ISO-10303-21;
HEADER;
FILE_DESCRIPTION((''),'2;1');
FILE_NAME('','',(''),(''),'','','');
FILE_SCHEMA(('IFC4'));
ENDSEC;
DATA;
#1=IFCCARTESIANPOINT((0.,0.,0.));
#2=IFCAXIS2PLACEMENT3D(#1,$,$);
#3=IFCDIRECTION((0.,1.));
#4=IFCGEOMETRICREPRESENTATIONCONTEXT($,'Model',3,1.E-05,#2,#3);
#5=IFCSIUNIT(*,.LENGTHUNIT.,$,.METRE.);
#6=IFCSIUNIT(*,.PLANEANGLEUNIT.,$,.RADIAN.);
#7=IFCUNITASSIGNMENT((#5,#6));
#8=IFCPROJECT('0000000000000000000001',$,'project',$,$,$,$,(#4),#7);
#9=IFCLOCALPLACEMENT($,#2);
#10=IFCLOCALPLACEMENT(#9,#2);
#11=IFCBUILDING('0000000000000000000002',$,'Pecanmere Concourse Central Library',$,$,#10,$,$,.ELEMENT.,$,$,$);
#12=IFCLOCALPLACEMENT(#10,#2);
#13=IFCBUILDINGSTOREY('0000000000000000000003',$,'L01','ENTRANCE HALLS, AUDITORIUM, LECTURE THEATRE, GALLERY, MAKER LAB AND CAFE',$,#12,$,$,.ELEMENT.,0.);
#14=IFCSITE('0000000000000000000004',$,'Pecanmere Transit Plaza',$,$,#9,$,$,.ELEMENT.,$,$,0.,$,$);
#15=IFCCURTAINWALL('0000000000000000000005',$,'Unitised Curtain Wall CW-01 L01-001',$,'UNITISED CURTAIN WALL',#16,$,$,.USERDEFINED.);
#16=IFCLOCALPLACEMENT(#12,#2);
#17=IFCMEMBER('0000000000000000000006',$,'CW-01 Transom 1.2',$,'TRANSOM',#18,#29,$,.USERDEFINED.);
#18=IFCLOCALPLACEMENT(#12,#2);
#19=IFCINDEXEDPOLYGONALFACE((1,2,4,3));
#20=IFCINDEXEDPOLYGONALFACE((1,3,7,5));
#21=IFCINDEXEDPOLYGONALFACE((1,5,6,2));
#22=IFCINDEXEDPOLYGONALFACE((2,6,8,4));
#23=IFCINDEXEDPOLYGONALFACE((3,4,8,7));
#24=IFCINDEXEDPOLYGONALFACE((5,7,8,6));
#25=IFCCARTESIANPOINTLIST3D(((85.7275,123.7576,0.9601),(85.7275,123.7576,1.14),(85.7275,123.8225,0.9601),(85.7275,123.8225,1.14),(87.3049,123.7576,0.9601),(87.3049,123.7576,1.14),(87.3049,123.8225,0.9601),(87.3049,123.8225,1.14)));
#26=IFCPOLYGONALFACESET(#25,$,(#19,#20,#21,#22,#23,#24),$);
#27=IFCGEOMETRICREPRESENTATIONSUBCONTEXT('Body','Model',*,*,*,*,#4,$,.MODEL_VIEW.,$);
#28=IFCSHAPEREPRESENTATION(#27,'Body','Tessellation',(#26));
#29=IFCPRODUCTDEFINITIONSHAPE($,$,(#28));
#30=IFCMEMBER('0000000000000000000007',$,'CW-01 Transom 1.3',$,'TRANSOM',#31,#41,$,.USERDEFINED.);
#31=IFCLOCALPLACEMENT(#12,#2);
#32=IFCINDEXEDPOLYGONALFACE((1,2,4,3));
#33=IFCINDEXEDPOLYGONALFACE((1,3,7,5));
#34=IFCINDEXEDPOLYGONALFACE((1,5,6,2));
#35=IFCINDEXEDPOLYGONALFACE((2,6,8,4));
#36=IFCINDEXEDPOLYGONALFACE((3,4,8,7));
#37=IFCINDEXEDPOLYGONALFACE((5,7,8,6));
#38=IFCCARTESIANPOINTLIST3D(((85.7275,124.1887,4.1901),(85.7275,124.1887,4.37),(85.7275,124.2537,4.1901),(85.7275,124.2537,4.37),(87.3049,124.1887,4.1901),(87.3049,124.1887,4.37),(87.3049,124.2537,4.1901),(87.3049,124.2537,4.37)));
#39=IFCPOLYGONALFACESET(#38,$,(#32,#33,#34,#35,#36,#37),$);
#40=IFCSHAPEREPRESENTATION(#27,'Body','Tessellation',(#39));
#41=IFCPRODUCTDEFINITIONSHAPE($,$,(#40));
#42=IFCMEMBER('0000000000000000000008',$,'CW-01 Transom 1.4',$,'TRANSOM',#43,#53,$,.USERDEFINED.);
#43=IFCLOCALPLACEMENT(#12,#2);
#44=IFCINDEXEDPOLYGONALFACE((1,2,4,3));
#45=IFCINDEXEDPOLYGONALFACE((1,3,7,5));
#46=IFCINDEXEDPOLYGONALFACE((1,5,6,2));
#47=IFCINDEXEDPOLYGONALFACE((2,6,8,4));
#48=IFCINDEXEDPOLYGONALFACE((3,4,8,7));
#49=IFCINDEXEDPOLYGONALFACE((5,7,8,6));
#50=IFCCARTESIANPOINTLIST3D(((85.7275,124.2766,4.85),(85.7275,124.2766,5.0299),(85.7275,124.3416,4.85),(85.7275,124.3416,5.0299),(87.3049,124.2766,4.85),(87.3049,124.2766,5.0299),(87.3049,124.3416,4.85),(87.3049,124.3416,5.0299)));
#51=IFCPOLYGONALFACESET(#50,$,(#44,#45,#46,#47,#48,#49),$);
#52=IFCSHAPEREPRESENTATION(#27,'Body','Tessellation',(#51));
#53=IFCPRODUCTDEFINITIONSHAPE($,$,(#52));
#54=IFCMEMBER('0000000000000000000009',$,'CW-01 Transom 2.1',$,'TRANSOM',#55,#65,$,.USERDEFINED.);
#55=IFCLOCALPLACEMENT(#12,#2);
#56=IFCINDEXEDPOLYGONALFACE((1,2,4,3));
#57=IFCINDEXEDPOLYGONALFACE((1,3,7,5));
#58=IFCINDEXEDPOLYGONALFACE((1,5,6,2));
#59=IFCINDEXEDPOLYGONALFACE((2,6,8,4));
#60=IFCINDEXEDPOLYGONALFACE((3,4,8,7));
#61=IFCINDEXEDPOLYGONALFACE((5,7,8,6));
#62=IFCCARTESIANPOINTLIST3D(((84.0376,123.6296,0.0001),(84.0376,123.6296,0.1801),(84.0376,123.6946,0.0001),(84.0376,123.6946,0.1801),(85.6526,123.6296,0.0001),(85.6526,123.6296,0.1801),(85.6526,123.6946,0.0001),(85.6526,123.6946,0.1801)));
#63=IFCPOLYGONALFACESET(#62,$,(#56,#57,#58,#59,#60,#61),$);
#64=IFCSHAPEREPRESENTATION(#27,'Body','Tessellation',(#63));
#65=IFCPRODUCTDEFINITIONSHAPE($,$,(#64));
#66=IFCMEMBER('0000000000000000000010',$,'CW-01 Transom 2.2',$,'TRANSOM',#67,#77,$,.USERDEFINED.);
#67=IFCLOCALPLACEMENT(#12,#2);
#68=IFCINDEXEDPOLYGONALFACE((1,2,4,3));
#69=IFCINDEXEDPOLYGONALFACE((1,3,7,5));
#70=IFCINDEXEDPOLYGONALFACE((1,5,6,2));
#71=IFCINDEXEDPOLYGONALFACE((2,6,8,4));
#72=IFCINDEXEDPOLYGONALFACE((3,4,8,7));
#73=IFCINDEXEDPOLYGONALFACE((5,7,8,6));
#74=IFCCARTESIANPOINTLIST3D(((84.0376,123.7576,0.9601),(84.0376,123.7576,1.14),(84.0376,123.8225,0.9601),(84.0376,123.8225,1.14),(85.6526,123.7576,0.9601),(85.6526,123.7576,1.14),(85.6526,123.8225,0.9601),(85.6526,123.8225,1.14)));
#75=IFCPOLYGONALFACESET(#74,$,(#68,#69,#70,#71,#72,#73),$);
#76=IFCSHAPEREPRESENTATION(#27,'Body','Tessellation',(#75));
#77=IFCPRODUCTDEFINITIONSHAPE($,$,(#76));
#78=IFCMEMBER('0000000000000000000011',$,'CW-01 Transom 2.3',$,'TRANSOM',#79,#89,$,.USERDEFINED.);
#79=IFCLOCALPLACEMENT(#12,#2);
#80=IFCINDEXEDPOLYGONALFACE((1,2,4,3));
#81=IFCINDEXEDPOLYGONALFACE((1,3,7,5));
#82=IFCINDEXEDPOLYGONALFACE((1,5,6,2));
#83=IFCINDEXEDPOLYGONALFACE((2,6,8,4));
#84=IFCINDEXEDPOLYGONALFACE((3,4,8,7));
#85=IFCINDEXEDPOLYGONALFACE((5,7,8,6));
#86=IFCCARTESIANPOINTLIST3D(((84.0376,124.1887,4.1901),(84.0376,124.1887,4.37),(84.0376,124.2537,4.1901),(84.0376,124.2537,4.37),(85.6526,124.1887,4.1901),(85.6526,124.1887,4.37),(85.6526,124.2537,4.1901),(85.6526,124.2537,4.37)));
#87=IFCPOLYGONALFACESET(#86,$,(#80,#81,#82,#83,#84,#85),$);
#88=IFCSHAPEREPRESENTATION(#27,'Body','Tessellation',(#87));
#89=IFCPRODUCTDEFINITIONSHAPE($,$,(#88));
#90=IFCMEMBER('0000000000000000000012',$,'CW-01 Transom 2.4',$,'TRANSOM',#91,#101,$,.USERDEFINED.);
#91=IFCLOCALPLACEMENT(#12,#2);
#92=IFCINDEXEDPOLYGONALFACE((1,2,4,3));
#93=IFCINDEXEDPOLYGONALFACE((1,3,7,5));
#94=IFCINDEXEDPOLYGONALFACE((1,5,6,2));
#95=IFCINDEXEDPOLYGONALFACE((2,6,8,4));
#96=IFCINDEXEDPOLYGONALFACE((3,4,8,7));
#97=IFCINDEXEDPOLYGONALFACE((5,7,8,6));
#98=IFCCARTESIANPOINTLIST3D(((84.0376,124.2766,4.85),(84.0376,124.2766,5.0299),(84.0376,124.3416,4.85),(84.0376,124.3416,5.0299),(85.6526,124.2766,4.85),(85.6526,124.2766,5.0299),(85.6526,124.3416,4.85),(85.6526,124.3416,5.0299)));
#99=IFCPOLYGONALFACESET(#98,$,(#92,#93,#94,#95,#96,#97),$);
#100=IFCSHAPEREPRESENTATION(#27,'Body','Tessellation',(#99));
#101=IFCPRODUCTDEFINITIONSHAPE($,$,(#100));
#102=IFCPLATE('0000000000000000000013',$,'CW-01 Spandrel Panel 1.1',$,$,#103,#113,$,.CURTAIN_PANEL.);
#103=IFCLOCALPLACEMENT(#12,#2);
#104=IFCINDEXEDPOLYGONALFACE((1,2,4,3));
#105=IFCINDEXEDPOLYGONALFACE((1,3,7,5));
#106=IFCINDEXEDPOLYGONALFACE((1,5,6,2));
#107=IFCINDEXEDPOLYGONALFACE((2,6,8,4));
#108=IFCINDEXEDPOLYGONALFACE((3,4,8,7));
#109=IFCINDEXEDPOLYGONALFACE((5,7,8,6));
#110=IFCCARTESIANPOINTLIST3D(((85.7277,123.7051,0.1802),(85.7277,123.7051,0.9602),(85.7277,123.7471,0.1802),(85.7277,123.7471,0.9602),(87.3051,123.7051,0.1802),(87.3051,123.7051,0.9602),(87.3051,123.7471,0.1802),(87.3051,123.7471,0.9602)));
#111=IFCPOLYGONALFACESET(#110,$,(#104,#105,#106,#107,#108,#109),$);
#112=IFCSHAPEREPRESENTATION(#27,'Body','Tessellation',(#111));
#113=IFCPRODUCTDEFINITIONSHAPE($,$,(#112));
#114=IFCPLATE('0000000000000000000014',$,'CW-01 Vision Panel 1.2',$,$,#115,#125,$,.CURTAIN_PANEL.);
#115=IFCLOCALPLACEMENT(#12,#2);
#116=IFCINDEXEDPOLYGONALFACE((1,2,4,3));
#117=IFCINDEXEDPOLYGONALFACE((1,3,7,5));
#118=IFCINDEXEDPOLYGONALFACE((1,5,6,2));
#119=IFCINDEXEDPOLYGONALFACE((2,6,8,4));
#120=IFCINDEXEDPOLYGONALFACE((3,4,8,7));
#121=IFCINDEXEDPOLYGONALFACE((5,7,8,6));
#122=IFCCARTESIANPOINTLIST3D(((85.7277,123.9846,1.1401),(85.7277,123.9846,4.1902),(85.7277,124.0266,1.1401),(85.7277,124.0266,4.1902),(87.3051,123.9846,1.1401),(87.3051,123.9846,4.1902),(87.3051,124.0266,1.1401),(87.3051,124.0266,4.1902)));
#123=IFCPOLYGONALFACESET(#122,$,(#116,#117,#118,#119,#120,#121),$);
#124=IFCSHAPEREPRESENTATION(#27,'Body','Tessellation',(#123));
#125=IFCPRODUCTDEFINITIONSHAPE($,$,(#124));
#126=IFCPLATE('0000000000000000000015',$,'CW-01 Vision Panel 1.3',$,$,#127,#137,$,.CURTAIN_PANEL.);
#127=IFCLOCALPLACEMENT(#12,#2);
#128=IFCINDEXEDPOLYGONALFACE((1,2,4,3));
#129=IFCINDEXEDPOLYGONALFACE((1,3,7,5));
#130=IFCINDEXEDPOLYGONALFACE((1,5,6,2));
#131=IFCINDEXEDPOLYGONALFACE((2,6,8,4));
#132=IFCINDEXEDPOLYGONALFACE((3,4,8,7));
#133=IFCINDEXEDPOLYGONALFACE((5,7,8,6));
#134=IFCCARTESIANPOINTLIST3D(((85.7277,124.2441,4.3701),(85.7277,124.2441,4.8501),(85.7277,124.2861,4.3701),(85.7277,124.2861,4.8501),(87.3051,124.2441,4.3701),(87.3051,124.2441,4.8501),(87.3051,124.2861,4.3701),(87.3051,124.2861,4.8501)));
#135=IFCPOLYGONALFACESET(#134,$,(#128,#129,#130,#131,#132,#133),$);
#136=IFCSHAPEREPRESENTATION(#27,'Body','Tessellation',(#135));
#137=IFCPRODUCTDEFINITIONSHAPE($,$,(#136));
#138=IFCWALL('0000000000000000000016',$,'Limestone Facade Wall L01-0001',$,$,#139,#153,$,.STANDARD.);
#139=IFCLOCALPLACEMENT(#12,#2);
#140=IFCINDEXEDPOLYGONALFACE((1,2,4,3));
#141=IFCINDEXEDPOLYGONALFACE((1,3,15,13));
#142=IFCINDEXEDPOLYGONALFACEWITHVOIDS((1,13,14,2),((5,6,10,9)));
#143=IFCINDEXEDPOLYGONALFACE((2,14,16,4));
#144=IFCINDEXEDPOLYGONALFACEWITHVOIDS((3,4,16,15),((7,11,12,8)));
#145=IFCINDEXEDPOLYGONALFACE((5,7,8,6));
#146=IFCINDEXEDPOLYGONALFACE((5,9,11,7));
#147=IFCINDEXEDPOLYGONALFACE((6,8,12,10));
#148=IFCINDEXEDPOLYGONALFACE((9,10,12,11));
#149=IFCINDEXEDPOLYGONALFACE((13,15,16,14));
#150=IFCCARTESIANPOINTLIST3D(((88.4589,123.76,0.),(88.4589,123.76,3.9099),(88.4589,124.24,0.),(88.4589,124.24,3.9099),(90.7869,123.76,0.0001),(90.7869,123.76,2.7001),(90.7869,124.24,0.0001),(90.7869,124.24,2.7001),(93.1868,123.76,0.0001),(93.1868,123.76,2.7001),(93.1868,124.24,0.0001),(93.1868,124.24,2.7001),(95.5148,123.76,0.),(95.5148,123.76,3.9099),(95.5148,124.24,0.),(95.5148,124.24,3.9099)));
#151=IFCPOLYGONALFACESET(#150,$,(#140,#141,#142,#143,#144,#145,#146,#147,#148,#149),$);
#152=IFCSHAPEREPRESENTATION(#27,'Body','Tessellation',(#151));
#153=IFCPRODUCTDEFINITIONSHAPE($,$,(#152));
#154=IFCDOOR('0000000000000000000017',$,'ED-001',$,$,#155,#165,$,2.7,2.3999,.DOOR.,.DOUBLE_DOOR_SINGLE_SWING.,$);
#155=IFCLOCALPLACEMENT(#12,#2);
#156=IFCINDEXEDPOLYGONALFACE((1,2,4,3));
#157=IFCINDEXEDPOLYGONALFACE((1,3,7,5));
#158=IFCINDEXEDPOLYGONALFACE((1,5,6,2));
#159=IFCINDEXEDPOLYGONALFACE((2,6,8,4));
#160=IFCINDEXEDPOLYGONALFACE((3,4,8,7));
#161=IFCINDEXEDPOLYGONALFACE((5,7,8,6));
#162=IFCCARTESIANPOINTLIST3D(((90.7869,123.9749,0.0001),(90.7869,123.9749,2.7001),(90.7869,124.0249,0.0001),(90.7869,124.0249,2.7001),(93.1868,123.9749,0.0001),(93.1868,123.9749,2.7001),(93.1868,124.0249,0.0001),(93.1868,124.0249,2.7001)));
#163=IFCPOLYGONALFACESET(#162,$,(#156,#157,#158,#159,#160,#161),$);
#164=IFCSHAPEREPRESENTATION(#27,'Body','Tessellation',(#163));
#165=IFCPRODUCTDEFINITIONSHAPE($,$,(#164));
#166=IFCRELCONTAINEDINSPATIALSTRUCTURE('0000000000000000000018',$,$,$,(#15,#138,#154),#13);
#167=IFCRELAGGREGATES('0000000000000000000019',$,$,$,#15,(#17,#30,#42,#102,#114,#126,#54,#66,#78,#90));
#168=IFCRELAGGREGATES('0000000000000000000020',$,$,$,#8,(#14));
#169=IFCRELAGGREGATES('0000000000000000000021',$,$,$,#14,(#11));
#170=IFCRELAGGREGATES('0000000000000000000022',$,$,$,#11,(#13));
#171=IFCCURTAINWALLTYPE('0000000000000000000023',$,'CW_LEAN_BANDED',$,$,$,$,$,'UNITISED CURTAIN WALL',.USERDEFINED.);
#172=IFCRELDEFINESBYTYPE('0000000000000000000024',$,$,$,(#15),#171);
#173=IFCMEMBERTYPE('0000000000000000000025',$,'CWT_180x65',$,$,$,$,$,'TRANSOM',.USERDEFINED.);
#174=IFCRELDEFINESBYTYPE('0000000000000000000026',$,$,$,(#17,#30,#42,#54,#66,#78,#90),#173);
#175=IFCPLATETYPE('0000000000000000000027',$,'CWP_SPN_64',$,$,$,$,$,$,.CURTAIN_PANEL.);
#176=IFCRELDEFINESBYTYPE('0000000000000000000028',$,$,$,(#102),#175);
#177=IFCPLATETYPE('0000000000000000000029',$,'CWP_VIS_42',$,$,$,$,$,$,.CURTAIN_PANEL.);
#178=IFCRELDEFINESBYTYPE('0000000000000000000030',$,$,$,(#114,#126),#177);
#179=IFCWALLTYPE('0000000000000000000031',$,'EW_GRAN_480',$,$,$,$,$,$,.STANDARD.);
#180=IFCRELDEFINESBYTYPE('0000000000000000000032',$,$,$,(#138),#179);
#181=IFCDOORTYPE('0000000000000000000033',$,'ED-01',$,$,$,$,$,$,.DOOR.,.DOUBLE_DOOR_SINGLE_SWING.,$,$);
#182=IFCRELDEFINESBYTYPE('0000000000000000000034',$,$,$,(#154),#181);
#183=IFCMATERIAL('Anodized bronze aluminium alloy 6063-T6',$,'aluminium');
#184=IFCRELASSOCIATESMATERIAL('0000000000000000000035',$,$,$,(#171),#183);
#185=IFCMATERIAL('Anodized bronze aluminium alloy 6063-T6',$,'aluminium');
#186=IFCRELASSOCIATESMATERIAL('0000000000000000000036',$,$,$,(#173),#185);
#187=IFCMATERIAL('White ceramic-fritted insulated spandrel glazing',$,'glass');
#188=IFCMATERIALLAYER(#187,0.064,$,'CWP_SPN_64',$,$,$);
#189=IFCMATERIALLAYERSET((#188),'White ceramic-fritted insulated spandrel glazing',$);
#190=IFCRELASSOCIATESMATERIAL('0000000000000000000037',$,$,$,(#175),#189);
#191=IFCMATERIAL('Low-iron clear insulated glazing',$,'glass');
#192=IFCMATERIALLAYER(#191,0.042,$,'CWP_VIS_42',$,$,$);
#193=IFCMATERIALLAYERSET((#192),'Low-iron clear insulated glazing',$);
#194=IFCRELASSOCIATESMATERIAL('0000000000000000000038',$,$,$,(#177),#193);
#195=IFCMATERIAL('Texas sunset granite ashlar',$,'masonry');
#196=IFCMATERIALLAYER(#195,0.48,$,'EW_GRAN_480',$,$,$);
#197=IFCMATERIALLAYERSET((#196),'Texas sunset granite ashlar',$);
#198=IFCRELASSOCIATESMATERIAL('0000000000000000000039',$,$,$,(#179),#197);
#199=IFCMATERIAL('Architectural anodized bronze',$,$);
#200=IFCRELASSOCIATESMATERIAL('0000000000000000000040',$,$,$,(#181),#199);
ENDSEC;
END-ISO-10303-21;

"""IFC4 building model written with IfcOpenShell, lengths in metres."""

from ifc_helpers import new_model, si_unit, direction, frame, frame_2d, origin, origin_2d, place, context, subcontext, project, spatial, rectangle, extrude, material, layer, layer_set, material_profile, profile_set, type_object, element, fill, aggregate, save


model = new_model("IFC4")

# Units and contexts
model_context = context("Model", 3, precision=1e-05, world=origin(), true_north=direction((0.0, 1.0)))
body_context = subcontext(model_context, "Body", "Model", "MODEL_VIEW")
ifc_project = project(units=[si_unit("LENGTHUNIT", "METRE"), si_unit("PLANEANGLEUNIT", "RADIAN")], contexts=[model_context])

# Site, building, storey
site_placement = place(None, origin())
site = spatial("IfcSite", under=ifc_project, at=site_placement, Name="Pecanmere Transit Plaza", CompositionType="ELEMENT", RefElevation=0.0)
building_placement = place(site_placement, origin())
building = spatial("IfcBuilding", under=site, at=building_placement, Name="Pecanmere Concourse Central Library", CompositionType="ELEMENT")
storey_placement = place(building_placement, origin())
storey = spatial("IfcBuildingStorey", under=building, at=storey_placement, Name="L01", Description="ENTRANCE HALLS, AUDITORIUM, LECTURE THEATRE, GALLERY, MAKER LAB AND CAFE", CompositionType="ELEMENT", Elevation=0.0)

# Curtain wall, members, plates
ifc_material_1 = material(Name="Anodized bronze aluminium alloy 6063-T6", Category="aluminium")
curtain_wall_type = type_object("IfcCurtainWallType", Name="CW_LEAN_BANDED", ElementType="UNITISED CURTAIN WALL", PredefinedType="USERDEFINED", material=ifc_material_1)
curtain_wall_placement = place(storey_placement, origin())
curtain_wall = element("IfcCurtainWall", 1, at=curtain_wall_placement, inside=storey, type_object=curtain_wall_type, Name="Unitised Curtain Wall CW-01 L01-001", ObjectType="UNITISED CURTAIN WALL", PredefinedType="USERDEFINED")
ifc_material_2 = material(Name="Anodized bronze aluminium alloy 6063-T6", Category="aluminium")
ifc_material_profile_1 = material_profile(ifc_material_2, rectangle(XDim=0.0649, YDim=0.1799, at=origin_2d()), Name="AL 65x180")
ifc_profile_set_1 = profile_set([ifc_material_profile_1], Name="Anodized bronze aluminium alloy 6063-T6")
member_type_1 = type_object("IfcMemberType", Name="CWT_180x65", ElementType="TRANSOM", PredefinedType="USERDEFINED", material=ifc_profile_set_1)
member_1_placement = place(storey_placement, frame((87.3049, 123.79, 1.05), z_axis=(-1.0, 0.0, 0.0), x_axis=(0.0, -1.0, 0.0)))
member_1 = element("IfcMember", 2, at=member_1_placement, type_object=member_type_1, Name="CW-01 Transom 1.2", ObjectType="TRANSOM", PredefinedType="USERDEFINED", context=body_context, shape_type="SweptSolid", body=[
    extrude(rectangle(XDim=0.0649, YDim=0.1799, at=origin_2d()), origin(), (0.0, 0.0, 1.0), 1.5774),
])
member_2_placement = place(storey_placement, frame((87.3049, 124.2212, 4.28), z_axis=(-1.0, 0.0, 0.0), x_axis=(0.0, -1.0, 0.0)))
member_2 = element("IfcMember", 3, at=member_2_placement, type_object=member_type_1, Name="CW-01 Transom 1.3", ObjectType="TRANSOM", PredefinedType="USERDEFINED", context=body_context, shape_type="SweptSolid", body=[
    extrude(rectangle(XDim=0.0649, YDim=0.1799, at=origin_2d()), origin(), (0.0, 0.0, 1.0), 1.5774),
])
member_3_placement = place(storey_placement, frame((87.3049, 124.3091, 4.9399), z_axis=(-1.0, 0.0, 0.0), x_axis=(0.0, -1.0, 0.0)))
member_3 = element("IfcMember", 4, at=member_3_placement, type_object=member_type_1, Name="CW-01 Transom 1.4", ObjectType="TRANSOM", PredefinedType="USERDEFINED", context=body_context, shape_type="SweptSolid", body=[
    extrude(rectangle(XDim=0.0649, YDim=0.1799, at=origin_2d()), origin(), (0.0, 0.0, 1.0), 1.5774),
])
member_4_placement = place(storey_placement, frame((85.6526, 123.6621, 0.0901), z_axis=(-1.0, 0.0, 0.0), x_axis=(0.0, -1.0, 0.0)))
member_4 = element("IfcMember", 5, at=member_4_placement, type_object=member_type_1, Name="CW-01 Transom 2.1", ObjectType="TRANSOM", PredefinedType="USERDEFINED", context=body_context, shape_type="SweptSolid", body=[
    extrude(rectangle(XDim=0.0649, YDim=0.1799, at=origin_2d()), origin(), (0.0, 0.0, 1.0), 1.615),
])
member_5_placement = place(storey_placement, frame((85.6526, 123.79, 1.05), z_axis=(-1.0, 0.0, 0.0), x_axis=(0.0, -1.0, 0.0)))
member_5 = element("IfcMember", 6, at=member_5_placement, type_object=member_type_1, Name="CW-01 Transom 2.2", ObjectType="TRANSOM", PredefinedType="USERDEFINED", context=body_context, shape_type="SweptSolid", body=[
    extrude(rectangle(XDim=0.0649, YDim=0.1799, at=origin_2d()), origin(), (0.0, 0.0, 1.0), 1.615),
])
member_6_placement = place(storey_placement, frame((85.6526, 124.2212, 4.28), z_axis=(-1.0, 0.0, 0.0), x_axis=(0.0, -1.0, 0.0)))
member_6 = element("IfcMember", 7, at=member_6_placement, type_object=member_type_1, Name="CW-01 Transom 2.3", ObjectType="TRANSOM", PredefinedType="USERDEFINED", context=body_context, shape_type="SweptSolid", body=[
    extrude(rectangle(XDim=0.0649, YDim=0.1799, at=origin_2d()), origin(), (0.0, 0.0, 1.0), 1.615),
])
member_7_placement = place(storey_placement, frame((85.6526, 124.3091, 4.9399), z_axis=(-1.0, 0.0, 0.0), x_axis=(0.0, -1.0, 0.0)))
member_7 = element("IfcMember", 8, at=member_7_placement, type_object=member_type_1, Name="CW-01 Transom 2.4", ObjectType="TRANSOM", PredefinedType="USERDEFINED", context=body_context, shape_type="SweptSolid", body=[
    extrude(rectangle(XDim=0.0649, YDim=0.1799, at=origin_2d()), origin(), (0.0, 0.0, 1.0), 1.615),
])
ifc_material_3 = material(Name="White ceramic-fritted insulated spandrel glazing", Category="glass")
ifc_layer_1 = layer(ifc_material_3, 0.064, Name="CWP_SPN_64")
ifc_layer_set_1 = layer_set([ifc_layer_1], Name="White ceramic-fritted insulated spandrel glazing")
plate_type_1 = type_object("IfcPlateType", Name="CWP_SPN_64", PredefinedType="CURTAIN_PANEL", material=ifc_layer_set_1)
plate_1_placement = place(storey_placement, frame((86.5164, 123.7261, 0.1802), z_axis=(0.0, 0.0, 1.0), x_axis=(-1.0, 0.0, 0.0)))
plate_1 = element("IfcPlate", 9, at=plate_1_placement, type_object=plate_type_1, Name="CW-01 Spandrel Panel 1.1", PredefinedType="CURTAIN_PANEL", context=body_context, shape_type="SweptSolid", body=[
    extrude(rectangle(XDim=1.5774, YDim=0.042, at=origin_2d()), origin(), (0.0, 0.0, 1.0), 0.78),
])
ifc_material_4 = material(Name="Low-iron clear insulated glazing", Category="glass")
ifc_layer_2 = layer(ifc_material_4, 0.042, Name="CWP_VIS_42")
ifc_layer_set_2 = layer_set([ifc_layer_2], Name="Low-iron clear insulated glazing")
plate_type_2 = type_object("IfcPlateType", Name="CWP_VIS_42", PredefinedType="CURTAIN_PANEL", material=ifc_layer_set_2)
plate_2_placement = place(storey_placement, frame((86.5164, 124.0056, 1.1401), z_axis=(0.0, 0.0, 1.0), x_axis=(-1.0, 0.0, 0.0)))
plate_2 = element("IfcPlate", 10, at=plate_2_placement, type_object=plate_type_2, Name="CW-01 Vision Panel 1.2", PredefinedType="CURTAIN_PANEL", context=body_context, shape_type="SweptSolid", body=[
    extrude(rectangle(XDim=1.5774, YDim=0.042, at=origin_2d()), origin(), (0.0, 0.0, 1.0), 3.05),
])
plate_3_placement = place(storey_placement, frame((86.5164, 124.2651, 4.3701), z_axis=(0.0, 0.0, 1.0), x_axis=(-1.0, 0.0, 0.0)))
plate_3 = element("IfcPlate", 11, at=plate_3_placement, type_object=plate_type_2, Name="CW-01 Vision Panel 1.3", PredefinedType="CURTAIN_PANEL", context=body_context, shape_type="SweptSolid", body=[
    extrude(rectangle(XDim=1.5774, YDim=0.042, at=origin_2d()), origin(), (0.0, 0.0, 1.0), 0.48),
])
aggregate(curtain_wall, [member_1, member_2, member_3, plate_1, plate_2, plate_3, member_4, member_5, member_6, member_7])

# Wall, opening, door
ifc_material_5 = material(Name="Texas sunset granite ashlar", Category="masonry")
ifc_layer_3 = layer(ifc_material_5, 0.48, Name="EW_GRAN_480")
ifc_layer_set_3 = layer_set([ifc_layer_3], Name="Texas sunset granite ashlar")
wall_type_1 = type_object("IfcWallType", Name="EW_GRAN_480", PredefinedType="STANDARD", material=ifc_layer_set_3)
wall_1_placement = place(storey_placement, frame((88.459, 124.0, 0.0), z_axis=(0.0, 0.0, 1.0), x_axis=(1.0, 0.0, 0.0)))
wall_1 = element("IfcWall", 12, at=wall_1_placement, inside=storey, type_object=wall_type_1, Name="Limestone Facade Wall L01-0001", PredefinedType="STANDARD", context=body_context, shape_type="SweptSolid", body=[
    extrude(rectangle(XDim=7.0559, YDim=0.48, at=frame_2d((3.5278, 0.0))), origin(), (0.0, 0.0, 1.0), 3.9099),
])
opening_1_placement = place(wall_1_placement, frame((2.3279, 0.0, 0.0)))
opening_1 = element("IfcOpeningElement", 13, at=opening_1_placement, cuts=wall_1, PredefinedType="OPENING", context=body_context, shape_type="SweptSolid", body=[
    extrude(rectangle(XDim=2.3999, YDim=2.7, at=frame_2d((1.2, 1.3501))), frame((0.0, 0.252, 0.0), z_axis=(0.0, -1.0, 0.0), x_axis=(1.0, 0.0, 0.0)), (0.0, 0.0, 1.0), 0.5039),
])
ifc_material_6 = material(Name="Architectural anodized bronze")
door_type_1 = type_object("IfcDoorType", Name="ED-01", OperationType="DOUBLE_DOOR_SINGLE_SWING", PredefinedType="DOOR", material=ifc_material_6)
door_1_placement = place(opening_1_placement, origin())
door_1 = element("IfcDoor", 14, at=door_1_placement, inside=storey, type_object=door_type_1, Name="ED-001", OperationType="DOUBLE_DOOR_SINGLE_SWING", OverallHeight=2.7, OverallWidth=2.3999, PredefinedType="DOOR", context=body_context, shape_type="SweptSolid", body=[
    extrude(rectangle(XDim=2.3999, YDim=2.7, at=frame_2d((1.2, 1.3501))), frame((0.0, 0.0249, 0.0), z_axis=(0.0, -1.0, 0.0), x_axis=(1.0, 0.0, 0.0)), (0.0, 0.0, 1.0), 0.05),
])
fill(opening_1, door_1)

save(model, "model.ifc")
